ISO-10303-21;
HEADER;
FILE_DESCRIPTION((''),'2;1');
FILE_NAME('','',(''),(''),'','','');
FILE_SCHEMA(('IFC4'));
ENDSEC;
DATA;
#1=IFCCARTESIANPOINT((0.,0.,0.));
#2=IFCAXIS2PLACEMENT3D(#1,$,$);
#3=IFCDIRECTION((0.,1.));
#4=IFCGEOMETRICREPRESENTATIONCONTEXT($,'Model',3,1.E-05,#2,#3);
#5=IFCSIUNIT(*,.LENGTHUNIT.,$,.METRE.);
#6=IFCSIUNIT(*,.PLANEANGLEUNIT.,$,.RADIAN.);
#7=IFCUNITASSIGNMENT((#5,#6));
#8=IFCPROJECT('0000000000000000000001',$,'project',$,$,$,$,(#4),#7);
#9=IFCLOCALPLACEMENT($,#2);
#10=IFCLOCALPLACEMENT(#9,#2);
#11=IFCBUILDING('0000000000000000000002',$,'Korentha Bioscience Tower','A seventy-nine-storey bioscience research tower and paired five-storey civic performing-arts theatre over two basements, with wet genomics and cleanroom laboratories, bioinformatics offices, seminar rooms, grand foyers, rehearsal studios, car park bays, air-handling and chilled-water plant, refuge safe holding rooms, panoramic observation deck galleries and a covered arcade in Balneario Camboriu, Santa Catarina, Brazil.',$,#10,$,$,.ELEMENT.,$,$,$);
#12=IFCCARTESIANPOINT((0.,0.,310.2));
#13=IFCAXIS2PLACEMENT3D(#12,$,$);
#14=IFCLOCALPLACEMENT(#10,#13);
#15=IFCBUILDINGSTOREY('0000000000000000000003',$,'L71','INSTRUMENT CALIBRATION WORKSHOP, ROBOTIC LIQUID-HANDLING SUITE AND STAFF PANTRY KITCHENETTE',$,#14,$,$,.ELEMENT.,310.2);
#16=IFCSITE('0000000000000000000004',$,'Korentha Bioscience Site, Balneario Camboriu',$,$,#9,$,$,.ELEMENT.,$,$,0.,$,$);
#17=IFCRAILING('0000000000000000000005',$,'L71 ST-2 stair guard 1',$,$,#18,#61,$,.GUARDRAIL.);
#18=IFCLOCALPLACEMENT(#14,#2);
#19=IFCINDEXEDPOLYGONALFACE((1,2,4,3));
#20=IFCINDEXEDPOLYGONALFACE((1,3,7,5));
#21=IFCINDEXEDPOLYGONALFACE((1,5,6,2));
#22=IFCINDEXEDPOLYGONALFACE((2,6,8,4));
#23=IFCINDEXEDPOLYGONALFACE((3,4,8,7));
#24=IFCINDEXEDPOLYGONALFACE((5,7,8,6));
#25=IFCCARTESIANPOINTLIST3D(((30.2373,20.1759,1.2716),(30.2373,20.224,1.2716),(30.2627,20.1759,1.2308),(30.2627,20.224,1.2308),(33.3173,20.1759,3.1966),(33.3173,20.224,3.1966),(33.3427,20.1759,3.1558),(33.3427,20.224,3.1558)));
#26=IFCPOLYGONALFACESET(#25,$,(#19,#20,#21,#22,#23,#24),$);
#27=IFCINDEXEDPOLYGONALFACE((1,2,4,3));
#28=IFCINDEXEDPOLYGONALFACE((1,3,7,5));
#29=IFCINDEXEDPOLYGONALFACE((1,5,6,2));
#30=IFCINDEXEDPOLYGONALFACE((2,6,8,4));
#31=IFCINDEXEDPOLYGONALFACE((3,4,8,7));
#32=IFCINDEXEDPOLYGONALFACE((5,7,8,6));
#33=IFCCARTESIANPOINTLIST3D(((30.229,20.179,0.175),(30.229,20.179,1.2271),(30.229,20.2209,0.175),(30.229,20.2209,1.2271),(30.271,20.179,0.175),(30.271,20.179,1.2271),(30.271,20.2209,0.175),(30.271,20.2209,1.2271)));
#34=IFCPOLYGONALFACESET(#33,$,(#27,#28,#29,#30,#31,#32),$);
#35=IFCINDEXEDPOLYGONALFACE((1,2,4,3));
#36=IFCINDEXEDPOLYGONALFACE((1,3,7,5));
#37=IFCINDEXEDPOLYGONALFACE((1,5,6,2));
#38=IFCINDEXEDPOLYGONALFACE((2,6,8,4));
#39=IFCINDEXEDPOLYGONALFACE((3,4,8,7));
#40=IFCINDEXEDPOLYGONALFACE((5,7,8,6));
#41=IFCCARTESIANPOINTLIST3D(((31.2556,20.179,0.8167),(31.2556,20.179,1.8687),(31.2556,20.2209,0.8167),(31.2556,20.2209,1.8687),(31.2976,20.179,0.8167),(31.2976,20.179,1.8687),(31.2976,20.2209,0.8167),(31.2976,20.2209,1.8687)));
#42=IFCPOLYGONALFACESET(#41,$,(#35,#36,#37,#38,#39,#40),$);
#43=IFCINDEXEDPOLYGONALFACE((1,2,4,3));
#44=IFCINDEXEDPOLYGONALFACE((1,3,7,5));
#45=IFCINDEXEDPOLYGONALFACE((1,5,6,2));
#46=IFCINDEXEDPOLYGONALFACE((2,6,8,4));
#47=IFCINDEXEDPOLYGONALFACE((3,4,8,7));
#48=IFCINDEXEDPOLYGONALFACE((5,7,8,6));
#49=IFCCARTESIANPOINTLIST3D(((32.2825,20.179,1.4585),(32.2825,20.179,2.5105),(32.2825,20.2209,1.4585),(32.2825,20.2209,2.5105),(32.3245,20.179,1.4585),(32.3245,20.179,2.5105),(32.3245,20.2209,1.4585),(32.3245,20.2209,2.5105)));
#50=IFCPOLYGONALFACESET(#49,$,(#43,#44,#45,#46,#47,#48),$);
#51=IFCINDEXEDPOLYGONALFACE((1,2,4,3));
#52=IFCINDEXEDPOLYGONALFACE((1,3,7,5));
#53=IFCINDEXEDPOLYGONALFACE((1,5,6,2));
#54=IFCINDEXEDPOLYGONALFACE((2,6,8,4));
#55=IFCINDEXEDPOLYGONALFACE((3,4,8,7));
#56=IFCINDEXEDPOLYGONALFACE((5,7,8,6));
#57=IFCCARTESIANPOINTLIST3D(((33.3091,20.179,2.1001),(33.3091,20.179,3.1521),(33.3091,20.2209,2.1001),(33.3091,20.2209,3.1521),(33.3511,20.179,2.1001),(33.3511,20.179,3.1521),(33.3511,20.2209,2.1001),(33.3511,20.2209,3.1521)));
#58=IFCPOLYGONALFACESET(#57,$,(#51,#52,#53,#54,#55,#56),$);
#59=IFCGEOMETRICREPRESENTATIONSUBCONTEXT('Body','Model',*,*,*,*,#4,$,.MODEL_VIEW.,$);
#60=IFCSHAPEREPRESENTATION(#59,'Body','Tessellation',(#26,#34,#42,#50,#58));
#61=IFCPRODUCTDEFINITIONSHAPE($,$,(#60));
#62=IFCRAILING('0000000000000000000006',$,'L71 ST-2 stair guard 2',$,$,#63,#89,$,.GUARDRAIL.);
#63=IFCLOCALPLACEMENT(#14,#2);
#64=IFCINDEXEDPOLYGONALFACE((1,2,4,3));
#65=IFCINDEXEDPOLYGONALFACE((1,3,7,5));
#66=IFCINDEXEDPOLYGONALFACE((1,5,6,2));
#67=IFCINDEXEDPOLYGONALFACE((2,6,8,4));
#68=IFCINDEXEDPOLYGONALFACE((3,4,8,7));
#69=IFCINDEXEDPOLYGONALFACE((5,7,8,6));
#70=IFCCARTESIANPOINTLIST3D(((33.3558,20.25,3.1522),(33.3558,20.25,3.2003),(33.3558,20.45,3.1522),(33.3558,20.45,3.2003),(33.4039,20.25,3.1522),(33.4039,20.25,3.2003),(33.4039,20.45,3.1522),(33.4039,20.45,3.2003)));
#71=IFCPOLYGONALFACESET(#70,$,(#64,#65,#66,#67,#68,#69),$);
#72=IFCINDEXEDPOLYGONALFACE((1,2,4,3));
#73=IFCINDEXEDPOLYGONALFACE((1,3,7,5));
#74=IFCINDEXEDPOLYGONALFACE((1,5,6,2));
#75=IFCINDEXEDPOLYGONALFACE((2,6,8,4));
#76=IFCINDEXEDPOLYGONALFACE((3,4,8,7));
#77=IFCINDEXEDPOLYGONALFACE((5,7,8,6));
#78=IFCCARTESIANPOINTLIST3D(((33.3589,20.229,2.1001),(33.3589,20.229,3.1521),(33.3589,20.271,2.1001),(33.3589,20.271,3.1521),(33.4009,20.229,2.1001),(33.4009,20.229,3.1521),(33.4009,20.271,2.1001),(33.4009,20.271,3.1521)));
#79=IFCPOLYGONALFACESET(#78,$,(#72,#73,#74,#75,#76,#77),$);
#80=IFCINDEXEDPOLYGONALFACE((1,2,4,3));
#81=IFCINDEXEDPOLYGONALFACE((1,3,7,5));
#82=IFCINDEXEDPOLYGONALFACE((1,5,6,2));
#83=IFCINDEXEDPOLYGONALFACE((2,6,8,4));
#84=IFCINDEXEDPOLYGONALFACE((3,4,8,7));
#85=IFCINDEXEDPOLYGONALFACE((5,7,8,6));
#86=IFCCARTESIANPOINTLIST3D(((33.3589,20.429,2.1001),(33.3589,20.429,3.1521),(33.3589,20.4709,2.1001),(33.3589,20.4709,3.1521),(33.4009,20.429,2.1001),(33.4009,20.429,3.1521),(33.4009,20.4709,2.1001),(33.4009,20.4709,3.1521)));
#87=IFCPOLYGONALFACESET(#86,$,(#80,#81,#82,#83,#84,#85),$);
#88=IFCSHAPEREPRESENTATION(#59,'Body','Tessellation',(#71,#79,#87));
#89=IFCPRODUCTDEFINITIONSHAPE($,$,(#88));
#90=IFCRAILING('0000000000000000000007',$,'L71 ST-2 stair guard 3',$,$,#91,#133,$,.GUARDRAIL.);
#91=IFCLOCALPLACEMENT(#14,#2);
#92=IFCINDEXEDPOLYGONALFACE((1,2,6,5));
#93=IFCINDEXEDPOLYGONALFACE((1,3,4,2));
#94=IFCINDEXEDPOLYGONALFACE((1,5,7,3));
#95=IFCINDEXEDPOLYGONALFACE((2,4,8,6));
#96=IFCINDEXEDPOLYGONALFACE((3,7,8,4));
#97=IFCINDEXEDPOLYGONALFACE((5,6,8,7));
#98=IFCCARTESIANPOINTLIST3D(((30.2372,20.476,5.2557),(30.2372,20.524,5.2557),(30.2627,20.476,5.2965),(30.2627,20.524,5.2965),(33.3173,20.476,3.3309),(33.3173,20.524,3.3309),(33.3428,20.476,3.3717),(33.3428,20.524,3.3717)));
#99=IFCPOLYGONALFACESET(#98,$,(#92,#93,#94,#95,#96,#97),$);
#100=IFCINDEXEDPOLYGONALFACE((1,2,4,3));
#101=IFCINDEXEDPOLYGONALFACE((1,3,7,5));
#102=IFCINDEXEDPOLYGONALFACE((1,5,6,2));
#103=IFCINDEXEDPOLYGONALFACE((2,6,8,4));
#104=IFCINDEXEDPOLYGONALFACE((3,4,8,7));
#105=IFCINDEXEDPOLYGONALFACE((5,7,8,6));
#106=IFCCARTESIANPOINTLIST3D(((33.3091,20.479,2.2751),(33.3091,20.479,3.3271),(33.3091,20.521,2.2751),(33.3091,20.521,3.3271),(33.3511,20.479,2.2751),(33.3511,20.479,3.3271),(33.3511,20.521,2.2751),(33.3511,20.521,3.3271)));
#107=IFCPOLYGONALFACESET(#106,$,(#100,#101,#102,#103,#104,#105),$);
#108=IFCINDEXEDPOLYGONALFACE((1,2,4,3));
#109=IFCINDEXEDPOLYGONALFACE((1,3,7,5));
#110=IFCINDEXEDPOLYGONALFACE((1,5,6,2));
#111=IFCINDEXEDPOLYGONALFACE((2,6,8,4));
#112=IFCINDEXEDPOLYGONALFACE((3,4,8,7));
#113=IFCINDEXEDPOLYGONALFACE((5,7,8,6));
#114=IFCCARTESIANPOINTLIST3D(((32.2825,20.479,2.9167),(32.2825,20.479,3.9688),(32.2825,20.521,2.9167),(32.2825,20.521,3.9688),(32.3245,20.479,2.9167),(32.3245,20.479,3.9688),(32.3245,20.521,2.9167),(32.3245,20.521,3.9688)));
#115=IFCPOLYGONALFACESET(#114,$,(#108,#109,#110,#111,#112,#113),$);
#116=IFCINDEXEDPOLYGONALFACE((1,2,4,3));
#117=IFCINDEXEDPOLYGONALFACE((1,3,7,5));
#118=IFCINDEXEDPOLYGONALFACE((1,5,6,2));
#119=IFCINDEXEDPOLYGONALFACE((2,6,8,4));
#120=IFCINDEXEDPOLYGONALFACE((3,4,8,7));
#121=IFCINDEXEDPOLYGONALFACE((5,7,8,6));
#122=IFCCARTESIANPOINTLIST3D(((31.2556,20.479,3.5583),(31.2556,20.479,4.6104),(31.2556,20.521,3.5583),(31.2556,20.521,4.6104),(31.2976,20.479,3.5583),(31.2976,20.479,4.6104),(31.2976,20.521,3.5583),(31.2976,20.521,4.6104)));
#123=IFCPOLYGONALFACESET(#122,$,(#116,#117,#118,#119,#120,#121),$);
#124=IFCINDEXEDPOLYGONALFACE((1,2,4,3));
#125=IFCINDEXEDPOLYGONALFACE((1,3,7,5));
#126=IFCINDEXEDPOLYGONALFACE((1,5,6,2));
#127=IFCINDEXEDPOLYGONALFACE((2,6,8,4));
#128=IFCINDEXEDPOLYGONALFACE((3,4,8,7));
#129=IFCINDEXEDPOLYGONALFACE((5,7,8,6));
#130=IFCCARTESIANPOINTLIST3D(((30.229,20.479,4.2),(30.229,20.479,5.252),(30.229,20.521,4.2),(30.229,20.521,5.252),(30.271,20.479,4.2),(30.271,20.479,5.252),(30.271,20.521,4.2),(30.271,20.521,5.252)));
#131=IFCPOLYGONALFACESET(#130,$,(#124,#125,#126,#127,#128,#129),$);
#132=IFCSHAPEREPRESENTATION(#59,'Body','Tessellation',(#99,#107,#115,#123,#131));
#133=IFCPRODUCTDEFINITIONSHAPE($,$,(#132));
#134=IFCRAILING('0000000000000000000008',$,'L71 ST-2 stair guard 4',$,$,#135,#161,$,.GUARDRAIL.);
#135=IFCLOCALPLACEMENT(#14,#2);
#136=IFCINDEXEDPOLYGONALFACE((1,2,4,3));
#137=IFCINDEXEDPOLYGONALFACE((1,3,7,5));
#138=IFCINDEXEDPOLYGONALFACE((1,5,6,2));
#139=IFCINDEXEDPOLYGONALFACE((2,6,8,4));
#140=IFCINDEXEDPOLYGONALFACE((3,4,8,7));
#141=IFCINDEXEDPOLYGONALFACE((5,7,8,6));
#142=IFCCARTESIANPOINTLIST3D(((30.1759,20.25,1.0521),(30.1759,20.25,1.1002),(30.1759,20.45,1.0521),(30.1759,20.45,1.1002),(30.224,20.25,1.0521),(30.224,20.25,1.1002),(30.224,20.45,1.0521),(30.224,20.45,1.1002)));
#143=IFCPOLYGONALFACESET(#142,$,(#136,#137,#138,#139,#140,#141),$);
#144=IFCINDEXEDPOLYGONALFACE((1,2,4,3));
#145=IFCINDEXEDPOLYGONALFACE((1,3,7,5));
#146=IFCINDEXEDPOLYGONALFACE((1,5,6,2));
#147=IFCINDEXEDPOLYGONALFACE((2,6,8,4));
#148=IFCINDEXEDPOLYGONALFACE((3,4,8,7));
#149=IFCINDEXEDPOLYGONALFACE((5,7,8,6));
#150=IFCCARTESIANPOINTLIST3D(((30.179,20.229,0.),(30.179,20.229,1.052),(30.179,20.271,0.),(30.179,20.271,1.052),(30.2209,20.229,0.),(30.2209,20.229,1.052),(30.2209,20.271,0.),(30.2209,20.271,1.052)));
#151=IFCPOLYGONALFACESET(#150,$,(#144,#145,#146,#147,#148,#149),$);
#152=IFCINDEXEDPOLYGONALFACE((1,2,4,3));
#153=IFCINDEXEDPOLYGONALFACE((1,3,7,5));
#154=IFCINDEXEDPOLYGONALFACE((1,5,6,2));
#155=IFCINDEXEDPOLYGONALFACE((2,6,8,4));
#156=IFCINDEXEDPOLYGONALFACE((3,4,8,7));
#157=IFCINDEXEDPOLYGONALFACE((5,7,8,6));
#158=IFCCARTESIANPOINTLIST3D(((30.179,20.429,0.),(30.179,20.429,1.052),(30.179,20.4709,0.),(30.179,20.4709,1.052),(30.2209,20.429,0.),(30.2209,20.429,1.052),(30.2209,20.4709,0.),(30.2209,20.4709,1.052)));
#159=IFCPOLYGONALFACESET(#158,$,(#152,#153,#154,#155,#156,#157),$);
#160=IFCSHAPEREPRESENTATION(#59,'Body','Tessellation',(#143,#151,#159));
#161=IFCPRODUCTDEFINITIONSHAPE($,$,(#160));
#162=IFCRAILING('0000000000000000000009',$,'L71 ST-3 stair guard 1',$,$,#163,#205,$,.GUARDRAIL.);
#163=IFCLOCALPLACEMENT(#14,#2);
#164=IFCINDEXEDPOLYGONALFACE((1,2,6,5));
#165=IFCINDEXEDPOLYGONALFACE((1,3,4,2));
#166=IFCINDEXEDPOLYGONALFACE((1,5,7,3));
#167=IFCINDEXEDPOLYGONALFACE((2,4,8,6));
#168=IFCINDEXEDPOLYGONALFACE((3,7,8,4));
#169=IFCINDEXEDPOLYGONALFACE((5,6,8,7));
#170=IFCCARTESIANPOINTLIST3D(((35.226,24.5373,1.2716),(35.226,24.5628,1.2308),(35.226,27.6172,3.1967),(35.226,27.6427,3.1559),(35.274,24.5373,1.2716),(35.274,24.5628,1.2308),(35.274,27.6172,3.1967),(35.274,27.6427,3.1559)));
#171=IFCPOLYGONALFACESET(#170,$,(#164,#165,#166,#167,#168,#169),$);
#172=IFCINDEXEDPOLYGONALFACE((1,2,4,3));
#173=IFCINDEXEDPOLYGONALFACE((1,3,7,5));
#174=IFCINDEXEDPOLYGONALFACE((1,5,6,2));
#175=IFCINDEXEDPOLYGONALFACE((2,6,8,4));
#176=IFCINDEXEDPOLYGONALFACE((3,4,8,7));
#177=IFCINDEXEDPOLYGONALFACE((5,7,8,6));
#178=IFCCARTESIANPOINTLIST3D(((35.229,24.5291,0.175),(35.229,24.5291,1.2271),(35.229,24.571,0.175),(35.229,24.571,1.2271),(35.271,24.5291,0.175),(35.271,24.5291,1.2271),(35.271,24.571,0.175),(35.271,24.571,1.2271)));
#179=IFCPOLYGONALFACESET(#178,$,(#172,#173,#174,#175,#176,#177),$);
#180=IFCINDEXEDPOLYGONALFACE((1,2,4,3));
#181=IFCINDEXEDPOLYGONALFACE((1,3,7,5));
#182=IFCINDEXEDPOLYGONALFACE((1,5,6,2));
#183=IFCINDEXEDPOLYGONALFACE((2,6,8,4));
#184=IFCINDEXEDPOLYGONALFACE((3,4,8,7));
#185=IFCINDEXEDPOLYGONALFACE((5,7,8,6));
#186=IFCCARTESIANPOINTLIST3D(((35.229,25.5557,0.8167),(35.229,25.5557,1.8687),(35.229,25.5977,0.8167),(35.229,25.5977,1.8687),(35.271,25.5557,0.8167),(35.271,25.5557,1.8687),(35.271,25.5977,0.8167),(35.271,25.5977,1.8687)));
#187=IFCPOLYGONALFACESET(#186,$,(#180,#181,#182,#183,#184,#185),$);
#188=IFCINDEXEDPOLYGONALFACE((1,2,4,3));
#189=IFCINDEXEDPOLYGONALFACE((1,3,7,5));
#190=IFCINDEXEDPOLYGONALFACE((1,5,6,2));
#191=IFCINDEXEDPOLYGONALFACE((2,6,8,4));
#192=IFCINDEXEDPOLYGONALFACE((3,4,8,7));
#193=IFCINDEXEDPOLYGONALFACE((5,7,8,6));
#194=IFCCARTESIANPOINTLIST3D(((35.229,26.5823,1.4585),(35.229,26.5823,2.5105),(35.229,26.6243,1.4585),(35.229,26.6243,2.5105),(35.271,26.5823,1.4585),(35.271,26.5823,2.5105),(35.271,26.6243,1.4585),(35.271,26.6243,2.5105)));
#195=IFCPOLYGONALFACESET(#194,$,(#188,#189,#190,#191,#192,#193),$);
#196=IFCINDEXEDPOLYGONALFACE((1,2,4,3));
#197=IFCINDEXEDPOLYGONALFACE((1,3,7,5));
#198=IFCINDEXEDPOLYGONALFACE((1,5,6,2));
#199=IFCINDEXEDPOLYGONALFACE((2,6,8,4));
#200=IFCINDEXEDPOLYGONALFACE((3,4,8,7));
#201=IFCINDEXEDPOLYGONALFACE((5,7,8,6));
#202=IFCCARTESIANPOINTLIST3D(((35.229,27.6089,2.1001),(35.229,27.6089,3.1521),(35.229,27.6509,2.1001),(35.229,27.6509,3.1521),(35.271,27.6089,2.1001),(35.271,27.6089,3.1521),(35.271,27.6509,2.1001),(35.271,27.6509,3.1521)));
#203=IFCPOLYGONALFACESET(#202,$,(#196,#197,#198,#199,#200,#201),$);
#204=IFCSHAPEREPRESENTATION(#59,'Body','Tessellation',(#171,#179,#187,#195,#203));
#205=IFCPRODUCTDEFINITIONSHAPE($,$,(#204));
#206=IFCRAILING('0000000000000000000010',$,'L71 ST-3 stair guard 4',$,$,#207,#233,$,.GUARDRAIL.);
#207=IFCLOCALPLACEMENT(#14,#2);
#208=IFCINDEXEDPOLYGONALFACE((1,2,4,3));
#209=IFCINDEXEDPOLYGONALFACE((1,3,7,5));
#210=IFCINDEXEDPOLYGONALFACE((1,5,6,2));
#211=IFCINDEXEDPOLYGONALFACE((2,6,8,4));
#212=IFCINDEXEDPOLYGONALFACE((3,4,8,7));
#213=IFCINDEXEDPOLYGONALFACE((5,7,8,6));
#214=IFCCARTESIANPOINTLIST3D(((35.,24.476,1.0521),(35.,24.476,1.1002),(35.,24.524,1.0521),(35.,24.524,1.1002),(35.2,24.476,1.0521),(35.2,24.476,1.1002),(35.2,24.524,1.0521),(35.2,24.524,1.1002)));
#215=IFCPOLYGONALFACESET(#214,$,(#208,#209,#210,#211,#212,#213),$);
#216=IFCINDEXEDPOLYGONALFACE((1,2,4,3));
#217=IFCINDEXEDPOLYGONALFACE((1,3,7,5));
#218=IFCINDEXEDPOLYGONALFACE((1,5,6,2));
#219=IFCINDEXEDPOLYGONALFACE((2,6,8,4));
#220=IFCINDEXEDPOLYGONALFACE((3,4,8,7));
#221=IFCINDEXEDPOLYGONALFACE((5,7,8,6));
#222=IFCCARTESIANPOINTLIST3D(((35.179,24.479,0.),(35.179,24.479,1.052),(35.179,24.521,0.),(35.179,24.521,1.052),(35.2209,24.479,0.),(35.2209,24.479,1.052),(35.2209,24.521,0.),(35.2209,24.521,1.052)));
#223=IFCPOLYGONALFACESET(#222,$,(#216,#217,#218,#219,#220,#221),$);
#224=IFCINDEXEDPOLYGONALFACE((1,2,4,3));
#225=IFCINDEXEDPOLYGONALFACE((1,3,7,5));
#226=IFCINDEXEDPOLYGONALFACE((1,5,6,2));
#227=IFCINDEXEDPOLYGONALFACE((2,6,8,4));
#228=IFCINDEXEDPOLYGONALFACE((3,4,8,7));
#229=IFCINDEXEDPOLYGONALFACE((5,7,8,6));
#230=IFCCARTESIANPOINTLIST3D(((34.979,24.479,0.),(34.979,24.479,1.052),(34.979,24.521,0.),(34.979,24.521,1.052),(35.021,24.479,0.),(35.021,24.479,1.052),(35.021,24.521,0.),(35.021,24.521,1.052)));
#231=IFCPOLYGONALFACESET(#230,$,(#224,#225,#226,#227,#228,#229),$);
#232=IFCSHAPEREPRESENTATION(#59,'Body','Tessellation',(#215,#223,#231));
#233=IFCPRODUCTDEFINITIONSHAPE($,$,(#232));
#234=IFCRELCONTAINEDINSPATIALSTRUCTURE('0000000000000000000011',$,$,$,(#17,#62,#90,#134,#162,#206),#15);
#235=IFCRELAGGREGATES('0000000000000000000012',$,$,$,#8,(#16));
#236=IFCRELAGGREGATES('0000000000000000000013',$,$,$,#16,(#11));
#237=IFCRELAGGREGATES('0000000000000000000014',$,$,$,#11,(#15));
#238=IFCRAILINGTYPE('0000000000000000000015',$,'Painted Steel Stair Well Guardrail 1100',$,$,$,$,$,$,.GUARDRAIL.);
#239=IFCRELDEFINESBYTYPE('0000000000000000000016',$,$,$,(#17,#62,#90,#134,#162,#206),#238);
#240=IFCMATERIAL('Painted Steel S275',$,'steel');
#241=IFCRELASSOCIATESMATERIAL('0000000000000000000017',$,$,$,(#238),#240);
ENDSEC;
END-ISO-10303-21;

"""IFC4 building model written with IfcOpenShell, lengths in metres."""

from ifc_helpers import new_model, si_unit, direction, frame, origin, origin_2d, place, context, subcontext, project, spatial, rectangle, extrude, material, type_object, element, save


model = new_model("IFC4")

# Units and contexts
model_context = context("Model", 3, precision=1e-05, world=origin(), true_north=direction((0.0, 1.0)))
body_context = subcontext(model_context, "Body", "Model", "MODEL_VIEW")
ifc_project = project(units=[si_unit("LENGTHUNIT", "METRE"), si_unit("PLANEANGLEUNIT", "RADIAN")], contexts=[model_context])

# Site, building, storey
site_placement = place(None, origin())
site = spatial("IfcSite", under=ifc_project, at=site_placement, Name="Korentha Bioscience Site, Balneario Camboriu", CompositionType="ELEMENT", RefElevation=0.0)
building_placement = place(site_placement, origin())
building = spatial("IfcBuilding", under=site, at=building_placement, Name="Korentha Bioscience Tower", Description="A seventy-nine-storey bioscience research tower and paired five-storey civic performing-arts theatre over two basements, with wet genomics and cleanroom laboratories, bioinformatics offices, seminar rooms, grand foyers, rehearsal studios, car park bays, air-handling and chilled-water plant, refuge safe holding rooms, panoramic observation deck galleries and a covered arcade in Balneario Camboriu, Santa Catarina, Brazil.", CompositionType="ELEMENT")
storey_placement = place(building_placement, frame((0.0, 0.0, 310.2)))
storey = spatial("IfcBuildingStorey", under=building, at=storey_placement, Name="L71", Description="INSTRUMENT CALIBRATION WORKSHOP, ROBOTIC LIQUID-HANDLING SUITE AND STAFF PANTRY KITCHENETTE", CompositionType="ELEMENT", Elevation=310.2)

# Railings
ifc_material_1 = material(Name="Painted Steel S275", Category="steel")
railing_type_1 = type_object("IfcRailingType", Name="Painted Steel Stair Well Guardrail 1100", PredefinedType="GUARDRAIL", material=ifc_material_1)
railing_1_placement = place(storey_placement, frame((30.25, 20.2, 0.175)))
element("IfcRailing", 1, at=railing_1_placement, inside=storey, type_object=railing_type_1, Name="L71 ST-2 stair guard 1", PredefinedType="GUARDRAIL", context=body_context, shape_type="SweptSolid", body=[
    extrude(rectangle(XDim=0.0481, YDim=0.0481, at=origin_2d()), frame((0.0, 0.0, 1.0762), z_axis=(0.847998, 0.0, 0.529999), x_axis=(0.0, 1.0, 0.0)), (0.0, 0.0, 1.0), 3.6321),
    extrude(rectangle(XDim=0.042, YDim=0.042, at=origin_2d()), origin(), (0.0, 0.0, 1.0), 1.052),
    extrude(rectangle(XDim=0.042, YDim=0.042, at=origin_2d()), frame((1.0266, 0.0, 0.6416)), (0.0, 0.0, 1.0), 1.052),
    extrude(rectangle(XDim=0.042, YDim=0.042, at=origin_2d()), frame((2.0535, 0.0, 1.2834)), (0.0, 0.0, 1.0), 1.052),
    extrude(rectangle(XDim=0.042, YDim=0.042, at=origin_2d()), frame((3.0801, 0.0, 1.925)), (0.0, 0.0, 1.0), 1.052),
])
railing_2_placement = place(storey_placement, frame((33.3799, 20.25, 2.1001)))
element("IfcRailing", 2, at=railing_2_placement, inside=storey, type_object=railing_type_1, Name="L71 ST-2 stair guard 2", PredefinedType="GUARDRAIL", context=body_context, shape_type="SweptSolid", body=[
    extrude(rectangle(XDim=0.0481, YDim=0.0481, at=origin_2d()), frame((0.0, 0.0, 1.0762), z_axis=(0.0, 1.0, 0.0), x_axis=(-1.0, 0.0, 0.0)), (0.0, 0.0, 1.0), 0.2),
    extrude(rectangle(XDim=0.042, YDim=0.042, at=origin_2d()), origin(), (0.0, 0.0, 1.0), 1.052),
    extrude(rectangle(XDim=0.042, YDim=0.042, at=origin_2d()), frame((0.0, 0.2, 0.0)), (0.0, 0.0, 1.0), 1.052),
])
railing_3_placement = place(storey_placement, frame((33.3301, 20.5, 2.2751)))
element("IfcRailing", 3, at=railing_3_placement, inside=storey, type_object=railing_type_1, Name="L71 ST-2 stair guard 3", PredefinedType="GUARDRAIL", context=body_context, shape_type="SweptSolid", body=[
    extrude(rectangle(XDim=0.0481, YDim=0.0481, at=origin_2d()), frame((0.0, 0.0, 1.0762), z_axis=(-0.848029, 0.0, 0.529951), x_axis=(0.0, -1.0, 0.0)), (0.0, 0.0, 1.0), 3.6321),
    extrude(rectangle(XDim=0.042, YDim=0.042, at=origin_2d()), origin(), (0.0, 0.0, 1.0), 1.052),
    extrude(rectangle(XDim=0.042, YDim=0.042, at=origin_2d()), frame((-1.0266, 0.0, 0.6416)), (0.0, 0.0, 1.0), 1.052),
    extrude(rectangle(XDim=0.042, YDim=0.042, at=origin_2d()), frame((-2.0535, 0.0, 1.2832)), (0.0, 0.0, 1.0), 1.052),
    extrude(rectangle(XDim=0.042, YDim=0.042, at=origin_2d()), frame((-3.0801, 0.0, 1.9248)), (0.0, 0.0, 1.0), 1.052),
])
railing_4_placement = place(storey_placement, frame((30.2, 20.25, 0.0)))
element("IfcRailing", 4, at=railing_4_placement, inside=storey, type_object=railing_type_1, Name="L71 ST-2 stair guard 4", PredefinedType="GUARDRAIL", context=body_context, shape_type="SweptSolid", body=[
    extrude(rectangle(XDim=0.0481, YDim=0.0481, at=origin_2d()), frame((0.0, 0.0, 1.0762), z_axis=(0.0, 1.0, 0.0), x_axis=(-1.0, 0.0, 0.0)), (0.0, 0.0, 1.0), 0.2),
    extrude(rectangle(XDim=0.042, YDim=0.042, at=origin_2d()), origin(), (0.0, 0.0, 1.0), 1.052),
    extrude(rectangle(XDim=0.042, YDim=0.042, at=origin_2d()), frame((0.0, 0.2, 0.0)), (0.0, 0.0, 1.0), 1.052),
])
railing_5_placement = place(storey_placement, frame((35.25, 24.55, 0.175)))
element("IfcRailing", 5, at=railing_5_placement, inside=storey, type_object=railing_type_1, Name="L71 ST-3 stair guard 1", PredefinedType="GUARDRAIL", context=body_context, shape_type="SweptSolid", body=[
    extrude(rectangle(XDim=0.0481, YDim=0.0481, at=origin_2d()), frame((0.0, 0.0, 1.0762), z_axis=(0.0, 0.847979, 0.530029), x_axis=(-1.0, 0.0, 0.0)), (0.0, 0.0, 1.0), 3.6321),
    extrude(rectangle(XDim=0.042, YDim=0.042, at=origin_2d()), origin(), (0.0, 0.0, 1.0), 1.052),
    extrude(rectangle(XDim=0.042, YDim=0.042, at=origin_2d()), frame((0.0, 1.0266, 0.6416)), (0.0, 0.0, 1.0), 1.052),
    extrude(rectangle(XDim=0.042, YDim=0.042, at=origin_2d()), frame((0.0, 2.0532, 1.2834)), (0.0, 0.0, 1.0), 1.052),
    extrude(rectangle(XDim=0.042, YDim=0.042, at=origin_2d()), frame((0.0, 3.0798, 1.925)), (0.0, 0.0, 1.0), 1.052),
])
railing_6_placement = place(storey_placement, frame((35.2, 24.5, 0.0)))
element("IfcRailing", 6, at=railing_6_placement, inside=storey, type_object=railing_type_1, Name="L71 ST-3 stair guard 4", PredefinedType="GUARDRAIL", context=body_context, shape_type="SweptSolid", body=[
    extrude(rectangle(XDim=0.0481, YDim=0.0481, at=origin_2d()), frame((0.0, 0.0, 1.0762), z_axis=(-1.0, 0.0, 0.0), x_axis=(0.0, -1.0, 0.0)), (0.0, 0.0, 1.0), 0.2),
    extrude(rectangle(XDim=0.042, YDim=0.042, at=origin_2d()), origin(), (0.0, 0.0, 1.0), 1.052),
    extrude(rectangle(XDim=0.042, YDim=0.042, at=origin_2d()), frame((-0.2, 0.0, 0.0)), (0.0, 0.0, 1.0), 1.052),
])

save(model, "model.ifc")
